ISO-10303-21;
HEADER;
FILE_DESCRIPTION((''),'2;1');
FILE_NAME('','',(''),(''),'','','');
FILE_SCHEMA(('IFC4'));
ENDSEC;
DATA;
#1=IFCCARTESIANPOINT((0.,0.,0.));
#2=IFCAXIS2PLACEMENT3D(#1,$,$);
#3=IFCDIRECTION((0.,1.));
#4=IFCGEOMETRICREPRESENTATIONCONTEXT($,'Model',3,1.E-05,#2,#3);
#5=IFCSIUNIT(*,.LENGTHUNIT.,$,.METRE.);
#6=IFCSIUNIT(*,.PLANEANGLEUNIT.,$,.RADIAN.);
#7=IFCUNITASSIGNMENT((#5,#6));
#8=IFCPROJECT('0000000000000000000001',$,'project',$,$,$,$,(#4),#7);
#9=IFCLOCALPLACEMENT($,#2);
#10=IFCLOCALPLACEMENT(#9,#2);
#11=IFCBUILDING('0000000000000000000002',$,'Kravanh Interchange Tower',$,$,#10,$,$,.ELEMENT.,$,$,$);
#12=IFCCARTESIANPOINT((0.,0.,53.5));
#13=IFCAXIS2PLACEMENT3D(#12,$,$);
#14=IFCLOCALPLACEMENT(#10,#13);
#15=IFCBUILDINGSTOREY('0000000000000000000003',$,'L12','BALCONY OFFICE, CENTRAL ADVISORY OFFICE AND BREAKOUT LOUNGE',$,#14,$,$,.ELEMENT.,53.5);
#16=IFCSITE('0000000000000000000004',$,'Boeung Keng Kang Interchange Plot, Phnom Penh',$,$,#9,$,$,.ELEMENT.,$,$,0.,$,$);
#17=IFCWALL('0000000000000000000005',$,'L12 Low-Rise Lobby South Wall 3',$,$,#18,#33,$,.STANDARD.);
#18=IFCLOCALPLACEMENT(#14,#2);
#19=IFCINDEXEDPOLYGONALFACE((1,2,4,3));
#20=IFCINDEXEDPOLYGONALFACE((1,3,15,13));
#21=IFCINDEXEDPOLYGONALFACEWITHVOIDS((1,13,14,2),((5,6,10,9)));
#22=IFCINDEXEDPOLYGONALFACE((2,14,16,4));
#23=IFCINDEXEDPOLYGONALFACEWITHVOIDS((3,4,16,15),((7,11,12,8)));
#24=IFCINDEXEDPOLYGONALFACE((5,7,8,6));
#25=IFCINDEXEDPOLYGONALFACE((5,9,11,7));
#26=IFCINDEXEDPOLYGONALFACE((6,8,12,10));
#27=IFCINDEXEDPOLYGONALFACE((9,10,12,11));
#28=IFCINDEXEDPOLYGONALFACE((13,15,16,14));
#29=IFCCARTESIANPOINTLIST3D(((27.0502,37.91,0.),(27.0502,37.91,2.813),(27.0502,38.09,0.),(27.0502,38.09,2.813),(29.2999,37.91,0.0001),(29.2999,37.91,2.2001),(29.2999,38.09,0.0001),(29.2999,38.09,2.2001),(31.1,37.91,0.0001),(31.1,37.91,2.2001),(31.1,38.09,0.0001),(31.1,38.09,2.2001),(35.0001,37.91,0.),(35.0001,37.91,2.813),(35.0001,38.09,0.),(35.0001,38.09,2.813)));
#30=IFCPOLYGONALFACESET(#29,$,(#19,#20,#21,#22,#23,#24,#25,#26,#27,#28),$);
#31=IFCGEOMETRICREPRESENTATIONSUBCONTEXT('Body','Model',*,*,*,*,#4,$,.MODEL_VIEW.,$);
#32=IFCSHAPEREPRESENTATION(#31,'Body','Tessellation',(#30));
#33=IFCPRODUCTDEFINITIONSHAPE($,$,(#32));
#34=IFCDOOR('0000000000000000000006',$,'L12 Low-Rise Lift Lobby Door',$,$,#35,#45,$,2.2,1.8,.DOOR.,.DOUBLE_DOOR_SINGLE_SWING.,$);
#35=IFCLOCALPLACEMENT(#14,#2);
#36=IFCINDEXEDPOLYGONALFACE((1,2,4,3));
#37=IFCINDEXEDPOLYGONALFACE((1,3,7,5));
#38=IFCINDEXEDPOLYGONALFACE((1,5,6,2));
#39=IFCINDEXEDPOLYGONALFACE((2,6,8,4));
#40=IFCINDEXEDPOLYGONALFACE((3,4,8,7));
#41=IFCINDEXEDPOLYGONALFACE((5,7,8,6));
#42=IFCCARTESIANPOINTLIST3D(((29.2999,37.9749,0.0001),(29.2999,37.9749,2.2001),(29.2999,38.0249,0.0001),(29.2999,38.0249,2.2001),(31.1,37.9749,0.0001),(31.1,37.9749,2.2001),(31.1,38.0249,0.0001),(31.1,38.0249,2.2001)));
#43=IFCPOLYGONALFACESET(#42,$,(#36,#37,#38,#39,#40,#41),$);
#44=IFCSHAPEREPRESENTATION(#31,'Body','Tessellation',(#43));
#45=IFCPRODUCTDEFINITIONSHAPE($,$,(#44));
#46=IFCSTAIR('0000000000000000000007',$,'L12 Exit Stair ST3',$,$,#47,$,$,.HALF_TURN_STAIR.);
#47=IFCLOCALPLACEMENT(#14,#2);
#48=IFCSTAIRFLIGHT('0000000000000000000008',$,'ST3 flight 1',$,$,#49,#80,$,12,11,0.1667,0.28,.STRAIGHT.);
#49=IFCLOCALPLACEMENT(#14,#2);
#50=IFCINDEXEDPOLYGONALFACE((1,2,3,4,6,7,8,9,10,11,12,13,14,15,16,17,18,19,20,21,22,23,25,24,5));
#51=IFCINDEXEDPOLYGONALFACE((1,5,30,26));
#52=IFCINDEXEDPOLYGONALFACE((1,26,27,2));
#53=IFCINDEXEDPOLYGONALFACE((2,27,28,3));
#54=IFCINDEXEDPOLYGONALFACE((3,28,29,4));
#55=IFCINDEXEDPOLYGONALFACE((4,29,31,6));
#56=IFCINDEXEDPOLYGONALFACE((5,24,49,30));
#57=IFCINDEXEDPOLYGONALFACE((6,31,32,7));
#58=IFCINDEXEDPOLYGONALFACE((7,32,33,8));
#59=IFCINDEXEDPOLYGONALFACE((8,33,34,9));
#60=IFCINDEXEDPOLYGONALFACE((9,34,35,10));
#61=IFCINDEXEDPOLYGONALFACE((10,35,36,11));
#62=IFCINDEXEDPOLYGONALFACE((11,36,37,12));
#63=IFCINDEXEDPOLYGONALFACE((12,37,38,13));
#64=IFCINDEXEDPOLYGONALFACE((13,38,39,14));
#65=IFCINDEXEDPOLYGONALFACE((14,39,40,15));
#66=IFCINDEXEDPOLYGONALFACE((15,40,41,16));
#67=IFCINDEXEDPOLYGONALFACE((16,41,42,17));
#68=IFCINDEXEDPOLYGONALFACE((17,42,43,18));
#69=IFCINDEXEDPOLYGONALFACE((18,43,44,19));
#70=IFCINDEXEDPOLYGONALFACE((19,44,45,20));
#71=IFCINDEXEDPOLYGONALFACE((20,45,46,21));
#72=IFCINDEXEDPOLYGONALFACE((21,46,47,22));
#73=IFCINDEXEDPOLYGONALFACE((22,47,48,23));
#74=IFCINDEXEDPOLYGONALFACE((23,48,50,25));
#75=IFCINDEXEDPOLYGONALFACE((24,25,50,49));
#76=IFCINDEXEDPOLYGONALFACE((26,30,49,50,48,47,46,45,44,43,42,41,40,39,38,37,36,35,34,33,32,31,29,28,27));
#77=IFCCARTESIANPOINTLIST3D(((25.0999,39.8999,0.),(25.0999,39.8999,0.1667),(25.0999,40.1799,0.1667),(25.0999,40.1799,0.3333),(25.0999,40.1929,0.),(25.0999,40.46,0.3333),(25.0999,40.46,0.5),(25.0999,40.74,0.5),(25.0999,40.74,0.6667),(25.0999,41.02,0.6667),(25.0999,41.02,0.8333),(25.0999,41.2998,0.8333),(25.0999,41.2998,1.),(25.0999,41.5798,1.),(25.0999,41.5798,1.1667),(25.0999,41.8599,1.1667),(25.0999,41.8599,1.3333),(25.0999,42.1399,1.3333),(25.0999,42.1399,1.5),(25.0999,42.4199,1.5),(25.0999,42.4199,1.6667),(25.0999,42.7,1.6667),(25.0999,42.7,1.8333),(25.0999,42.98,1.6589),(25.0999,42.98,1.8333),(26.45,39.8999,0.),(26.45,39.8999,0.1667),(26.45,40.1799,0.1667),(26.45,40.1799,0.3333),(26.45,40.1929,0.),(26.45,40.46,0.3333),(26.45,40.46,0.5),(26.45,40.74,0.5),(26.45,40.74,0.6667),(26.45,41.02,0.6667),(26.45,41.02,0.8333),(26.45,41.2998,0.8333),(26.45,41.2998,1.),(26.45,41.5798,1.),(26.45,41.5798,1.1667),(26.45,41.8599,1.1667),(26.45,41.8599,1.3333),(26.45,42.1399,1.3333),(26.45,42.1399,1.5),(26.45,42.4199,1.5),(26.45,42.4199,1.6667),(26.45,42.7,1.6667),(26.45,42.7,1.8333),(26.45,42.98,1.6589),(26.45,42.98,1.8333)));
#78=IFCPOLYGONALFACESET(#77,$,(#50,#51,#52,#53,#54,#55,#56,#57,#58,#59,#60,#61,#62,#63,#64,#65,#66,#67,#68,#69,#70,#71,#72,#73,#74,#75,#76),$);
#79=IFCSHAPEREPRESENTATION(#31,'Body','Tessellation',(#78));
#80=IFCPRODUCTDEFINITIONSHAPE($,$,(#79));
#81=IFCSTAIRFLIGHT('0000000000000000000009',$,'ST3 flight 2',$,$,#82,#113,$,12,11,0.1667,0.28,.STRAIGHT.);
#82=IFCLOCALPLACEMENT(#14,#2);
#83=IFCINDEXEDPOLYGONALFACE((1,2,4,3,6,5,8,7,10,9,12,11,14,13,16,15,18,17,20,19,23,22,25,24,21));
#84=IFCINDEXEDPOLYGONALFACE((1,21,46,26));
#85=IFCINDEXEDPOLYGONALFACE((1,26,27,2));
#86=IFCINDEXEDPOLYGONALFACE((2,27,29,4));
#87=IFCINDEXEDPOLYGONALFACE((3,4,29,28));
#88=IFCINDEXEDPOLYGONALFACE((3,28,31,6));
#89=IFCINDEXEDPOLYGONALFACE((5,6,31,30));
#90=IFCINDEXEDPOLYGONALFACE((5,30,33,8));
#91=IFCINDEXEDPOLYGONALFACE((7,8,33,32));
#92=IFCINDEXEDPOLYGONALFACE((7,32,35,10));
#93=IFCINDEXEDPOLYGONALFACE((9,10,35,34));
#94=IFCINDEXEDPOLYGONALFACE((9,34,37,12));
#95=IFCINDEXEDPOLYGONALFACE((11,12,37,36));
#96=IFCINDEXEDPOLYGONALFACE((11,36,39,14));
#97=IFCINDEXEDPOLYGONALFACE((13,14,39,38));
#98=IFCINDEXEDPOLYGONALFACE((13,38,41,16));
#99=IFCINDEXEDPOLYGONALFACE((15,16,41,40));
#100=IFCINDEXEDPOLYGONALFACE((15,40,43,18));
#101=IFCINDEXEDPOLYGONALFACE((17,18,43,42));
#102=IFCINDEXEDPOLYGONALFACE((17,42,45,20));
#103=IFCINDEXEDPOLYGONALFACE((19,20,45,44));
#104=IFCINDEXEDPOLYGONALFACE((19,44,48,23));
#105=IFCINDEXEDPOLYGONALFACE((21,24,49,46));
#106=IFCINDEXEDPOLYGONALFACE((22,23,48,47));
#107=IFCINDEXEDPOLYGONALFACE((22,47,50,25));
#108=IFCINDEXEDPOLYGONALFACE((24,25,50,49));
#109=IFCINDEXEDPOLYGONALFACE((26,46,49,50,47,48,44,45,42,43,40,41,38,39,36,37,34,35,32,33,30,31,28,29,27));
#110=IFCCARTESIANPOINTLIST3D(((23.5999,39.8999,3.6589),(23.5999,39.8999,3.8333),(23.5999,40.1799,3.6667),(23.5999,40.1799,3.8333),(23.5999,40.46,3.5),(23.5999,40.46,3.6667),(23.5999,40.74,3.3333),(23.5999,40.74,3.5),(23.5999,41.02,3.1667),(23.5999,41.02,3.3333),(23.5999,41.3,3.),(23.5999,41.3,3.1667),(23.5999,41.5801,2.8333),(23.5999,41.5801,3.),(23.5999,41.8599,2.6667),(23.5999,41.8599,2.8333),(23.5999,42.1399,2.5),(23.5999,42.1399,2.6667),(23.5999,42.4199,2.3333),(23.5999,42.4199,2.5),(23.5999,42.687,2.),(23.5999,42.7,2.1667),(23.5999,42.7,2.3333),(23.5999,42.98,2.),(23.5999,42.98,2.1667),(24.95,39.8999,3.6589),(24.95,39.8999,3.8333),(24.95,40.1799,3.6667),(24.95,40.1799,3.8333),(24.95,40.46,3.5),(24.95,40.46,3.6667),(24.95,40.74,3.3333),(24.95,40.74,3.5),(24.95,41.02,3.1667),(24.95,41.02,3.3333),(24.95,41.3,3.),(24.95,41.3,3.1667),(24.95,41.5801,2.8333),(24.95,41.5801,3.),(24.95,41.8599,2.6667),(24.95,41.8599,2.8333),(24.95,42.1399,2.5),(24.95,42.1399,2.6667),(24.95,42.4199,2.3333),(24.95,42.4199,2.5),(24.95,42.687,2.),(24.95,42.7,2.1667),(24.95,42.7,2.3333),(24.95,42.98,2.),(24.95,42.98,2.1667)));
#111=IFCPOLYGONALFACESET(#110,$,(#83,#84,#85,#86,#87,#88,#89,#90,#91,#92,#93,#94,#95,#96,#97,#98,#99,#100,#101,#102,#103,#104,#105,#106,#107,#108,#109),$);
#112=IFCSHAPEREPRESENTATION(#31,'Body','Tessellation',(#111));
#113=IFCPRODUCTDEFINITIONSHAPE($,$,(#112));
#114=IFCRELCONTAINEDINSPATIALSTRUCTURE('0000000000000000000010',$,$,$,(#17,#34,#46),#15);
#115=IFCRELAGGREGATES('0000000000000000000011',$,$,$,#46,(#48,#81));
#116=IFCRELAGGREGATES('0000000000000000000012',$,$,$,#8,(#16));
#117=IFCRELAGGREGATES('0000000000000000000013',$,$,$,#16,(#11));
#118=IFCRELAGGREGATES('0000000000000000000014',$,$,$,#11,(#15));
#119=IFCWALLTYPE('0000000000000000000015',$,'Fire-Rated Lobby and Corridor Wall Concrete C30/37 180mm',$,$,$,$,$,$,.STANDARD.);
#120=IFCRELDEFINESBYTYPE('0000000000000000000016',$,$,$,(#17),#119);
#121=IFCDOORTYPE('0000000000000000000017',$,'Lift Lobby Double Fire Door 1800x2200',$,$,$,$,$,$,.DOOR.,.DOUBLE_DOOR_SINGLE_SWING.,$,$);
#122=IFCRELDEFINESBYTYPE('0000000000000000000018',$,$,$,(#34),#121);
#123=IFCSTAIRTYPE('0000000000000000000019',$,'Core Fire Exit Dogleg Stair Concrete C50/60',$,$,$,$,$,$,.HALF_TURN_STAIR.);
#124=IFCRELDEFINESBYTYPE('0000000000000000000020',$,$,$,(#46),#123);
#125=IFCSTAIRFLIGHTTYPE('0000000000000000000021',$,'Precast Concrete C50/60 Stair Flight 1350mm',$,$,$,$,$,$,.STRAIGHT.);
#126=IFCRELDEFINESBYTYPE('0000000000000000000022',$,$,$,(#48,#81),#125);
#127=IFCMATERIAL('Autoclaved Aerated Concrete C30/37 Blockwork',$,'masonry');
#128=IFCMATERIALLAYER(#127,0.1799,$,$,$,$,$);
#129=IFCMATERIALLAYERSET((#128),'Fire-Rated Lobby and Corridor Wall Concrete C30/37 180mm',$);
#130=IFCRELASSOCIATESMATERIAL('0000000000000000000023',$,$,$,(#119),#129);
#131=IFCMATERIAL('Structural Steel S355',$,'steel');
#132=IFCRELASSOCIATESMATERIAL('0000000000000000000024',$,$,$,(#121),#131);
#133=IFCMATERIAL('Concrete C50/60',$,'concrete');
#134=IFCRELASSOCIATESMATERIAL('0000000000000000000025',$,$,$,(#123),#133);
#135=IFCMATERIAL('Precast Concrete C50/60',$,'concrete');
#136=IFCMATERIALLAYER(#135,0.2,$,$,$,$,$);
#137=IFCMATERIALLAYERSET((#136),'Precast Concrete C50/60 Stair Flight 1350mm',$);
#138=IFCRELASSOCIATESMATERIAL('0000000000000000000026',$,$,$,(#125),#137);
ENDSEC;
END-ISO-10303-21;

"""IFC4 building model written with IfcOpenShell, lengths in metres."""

from ifc_helpers import new_model, si_unit, direction, frame, frame_2d, origin, place, context, subcontext, project, spatial, polyline, rectangle, outline, extrude, material, layer, layer_set, type_object, element, fill, aggregate, save


model = new_model("IFC4")

# Units and contexts
model_context = context("Model", 3, precision=1e-05, world=origin(), true_north=direction((0.0, 1.0)))
body_context = subcontext(model_context, "Body", "Model", "MODEL_VIEW")
ifc_project = project(units=[si_unit("LENGTHUNIT", "METRE"), si_unit("PLANEANGLEUNIT", "RADIAN")], contexts=[model_context])

# Site, building, storey
site_placement = place(None, origin())
site = spatial("IfcSite", under=ifc_project, at=site_placement, Name="Boeung Keng Kang Interchange Plot, Phnom Penh", CompositionType="ELEMENT", RefElevation=0.0)
building_placement = place(site_placement, origin())
building = spatial("IfcBuilding", under=site, at=building_placement, Name="Kravanh Interchange Tower", CompositionType="ELEMENT")
storey_placement = place(building_placement, frame((0.0, 0.0, 53.5)))
storey = spatial("IfcBuildingStorey", under=building, at=storey_placement, Name="L12", Description="BALCONY OFFICE, CENTRAL ADVISORY OFFICE AND BREAKOUT LOUNGE", CompositionType="ELEMENT", Elevation=53.5)

# Wall, opening, door
ifc_material_1 = material(Name="Autoclaved Aerated Concrete C30/37 Blockwork", Category="masonry")
ifc_layer_1 = layer(ifc_material_1, 0.1799)
ifc_layer_set_1 = layer_set([ifc_layer_1], Name="Fire-Rated Lobby and Corridor Wall Concrete C30/37 180mm")
wall_type_1 = type_object("IfcWallType", Name="Fire-Rated Lobby and Corridor Wall Concrete C30/37 180mm", PredefinedType="STANDARD", material=ifc_layer_set_1)
wall_1_placement = place(storey_placement, frame((27.05, 38.0, 0.0), z_axis=(0.0, 0.0, 1.0), x_axis=(1.0, 0.0, 0.0)))
wall_1 = element("IfcWall", 1, at=wall_1_placement, inside=storey, type_object=wall_type_1, Name="L12 Low-Rise Lobby South Wall 3", PredefinedType="STANDARD", context=body_context, shape_type="SweptSolid", body=[
    extrude(rectangle(XDim=7.95, YDim=0.1799, at=frame_2d((3.9751, 0.0))), origin(), (0.0, 0.0, 1.0), 2.813),
])
opening_1_placement = place(wall_1_placement, frame((2.25, 0.0, 0.0)))
opening_1 = element("IfcOpeningElement", 2, at=opening_1_placement, cuts=wall_1, PredefinedType="OPENING", context=body_context, shape_type="SweptSolid", body=[
    extrude(rectangle(XDim=1.8, YDim=2.2, at=frame_2d((0.8999, 1.1001))), frame((0.0, 0.1001, 0.0), z_axis=(0.0, -1.0, 0.0), x_axis=(1.0, 0.0, 0.0)), (0.0, 0.0, 1.0), 0.2),
])
ifc_material_2 = material(Name="Structural Steel S355", Category="steel")
door_type_1 = type_object("IfcDoorType", Name="Lift Lobby Double Fire Door 1800x2200", OperationType="DOUBLE_DOOR_SINGLE_SWING", PredefinedType="DOOR", material=ifc_material_2)
door_1_placement = place(opening_1_placement, origin())
door_1 = element("IfcDoor", 3, at=door_1_placement, inside=storey, type_object=door_type_1, Name="L12 Low-Rise Lift Lobby Door", OperationType="DOUBLE_DOOR_SINGLE_SWING", OverallHeight=2.2, OverallWidth=1.8, PredefinedType="DOOR", context=body_context, shape_type="SweptSolid", body=[
    extrude(rectangle(XDim=1.8, YDim=2.2, at=frame_2d((0.8999, 1.1001))), frame((0.0, 0.0249, 0.0), z_axis=(0.0, -1.0, 0.0), x_axis=(1.0, 0.0, 0.0)), (0.0, 0.0, 1.0), 0.05),
])
fill(opening_1, door_1)

# Stair, stair flights
ifc_material_3 = material(Name="Concrete C50/60", Category="concrete")
stair_type = type_object("IfcStairType", Name="Core Fire Exit Dogleg Stair Concrete C50/60", PredefinedType="HALF_TURN_STAIR", material=ifc_material_3)
stair_placement = place(storey_placement, origin())
stair = element("IfcStair", 4, at=stair_placement, inside=storey, type_object=stair_type, Name="L12 Exit Stair ST3", PredefinedType="HALF_TURN_STAIR")
ifc_material_4 = material(Name="Precast Concrete C50/60", Category="concrete")
ifc_layer_2 = layer(ifc_material_4, 0.2)
ifc_layer_set_2 = layer_set([ifc_layer_2], Name="Precast Concrete C50/60 Stair Flight 1350mm")
stair_flight_type = type_object("IfcStairFlightType", Name="Precast Concrete C50/60 Stair Flight 1350mm", PredefinedType="STRAIGHT", material=ifc_layer_set_2)
stair_flight_1_placement = place(storey_placement, frame((25.7749, 39.8999, 0.0), z_axis=(0.0, 0.0, 1.0), x_axis=(0.0, 1.0, 0.0)))
stair_flight_1 = element("IfcStairFlight", 5, at=stair_flight_1_placement, type_object=stair_flight_type, Name="ST3 flight 1", NumberOfRisers=12, NumberOfTreads=11, PredefinedType="STRAIGHT", RiserHeight=0.1667, TreadLength=0.28, context=body_context, shape_type="SweptSolid", body=[
    extrude(outline(polyline([(0.0, 0.0), (0.0, 0.1667), (0.28, 0.1667), (0.28, 0.3333), (0.5601, 0.3333), (0.5601, 0.5), (0.8401, 0.5), (0.8401, 0.6667), (1.1201, 0.6667), (1.1201, 0.8333), (1.3999, 0.8333), (1.3999, 1.0), (1.6799, 1.0), (1.6799, 1.1667), (1.96, 1.1667), (1.96, 1.3333), (2.24, 1.3333), (2.24, 1.5), (2.52, 1.5), (2.52, 1.6667), (2.8, 1.6667), (2.8, 1.8333), (3.0801, 1.8333), (3.0801, 2.0), (3.0801, 1.6589), (0.293, 0.0), (0.0, 0.0)])), frame((0.0, 0.675, 0.0), z_axis=(0.0, -1.0, 0.0), x_axis=(1.0, 0.0, 0.0)), (0.0, 0.0, 1.0), 1.3501),
])
stair_flight_2_placement = place(storey_placement, frame((24.2749, 42.98, 2.0), z_axis=(0.0, 0.0, 1.0), x_axis=(0.0, -1.0, 0.0)))
stair_flight_2 = element("IfcStairFlight", 6, at=stair_flight_2_placement, type_object=stair_flight_type, Name="ST3 flight 2", NumberOfRisers=12, NumberOfTreads=11, PredefinedType="STRAIGHT", RiserHeight=0.1667, TreadLength=0.28, context=body_context, shape_type="SweptSolid", body=[
    extrude(outline(polyline([(0.0, 0.0), (0.0, 0.1667), (0.28, 0.1667), (0.28, 0.3333), (0.5601, 0.3333), (0.5601, 0.5), (0.8401, 0.5), (0.8401, 0.6667), (1.1201, 0.6667), (1.1201, 0.8333), (1.3999, 0.8333), (1.3999, 1.0), (1.6799, 1.0), (1.6799, 1.1667), (1.96, 1.1667), (1.96, 1.3333), (2.24, 1.3333), (2.24, 1.5), (2.52, 1.5), (2.52, 1.6667), (2.8, 1.6667), (2.8, 1.8333), (3.0801, 1.8333), (3.0801, 2.0), (3.0801, 1.6589), (0.293, 0.0), (0.0, 0.0)])), frame((0.0, 0.675, 0.0), z_axis=(0.0, -1.0, 0.0), x_axis=(1.0, 0.0, 0.0)), (0.0, 0.0, 1.0), 1.3501),
])
aggregate(stair, [stair_flight_1, stair_flight_2])

save(model, "model.ifc")
